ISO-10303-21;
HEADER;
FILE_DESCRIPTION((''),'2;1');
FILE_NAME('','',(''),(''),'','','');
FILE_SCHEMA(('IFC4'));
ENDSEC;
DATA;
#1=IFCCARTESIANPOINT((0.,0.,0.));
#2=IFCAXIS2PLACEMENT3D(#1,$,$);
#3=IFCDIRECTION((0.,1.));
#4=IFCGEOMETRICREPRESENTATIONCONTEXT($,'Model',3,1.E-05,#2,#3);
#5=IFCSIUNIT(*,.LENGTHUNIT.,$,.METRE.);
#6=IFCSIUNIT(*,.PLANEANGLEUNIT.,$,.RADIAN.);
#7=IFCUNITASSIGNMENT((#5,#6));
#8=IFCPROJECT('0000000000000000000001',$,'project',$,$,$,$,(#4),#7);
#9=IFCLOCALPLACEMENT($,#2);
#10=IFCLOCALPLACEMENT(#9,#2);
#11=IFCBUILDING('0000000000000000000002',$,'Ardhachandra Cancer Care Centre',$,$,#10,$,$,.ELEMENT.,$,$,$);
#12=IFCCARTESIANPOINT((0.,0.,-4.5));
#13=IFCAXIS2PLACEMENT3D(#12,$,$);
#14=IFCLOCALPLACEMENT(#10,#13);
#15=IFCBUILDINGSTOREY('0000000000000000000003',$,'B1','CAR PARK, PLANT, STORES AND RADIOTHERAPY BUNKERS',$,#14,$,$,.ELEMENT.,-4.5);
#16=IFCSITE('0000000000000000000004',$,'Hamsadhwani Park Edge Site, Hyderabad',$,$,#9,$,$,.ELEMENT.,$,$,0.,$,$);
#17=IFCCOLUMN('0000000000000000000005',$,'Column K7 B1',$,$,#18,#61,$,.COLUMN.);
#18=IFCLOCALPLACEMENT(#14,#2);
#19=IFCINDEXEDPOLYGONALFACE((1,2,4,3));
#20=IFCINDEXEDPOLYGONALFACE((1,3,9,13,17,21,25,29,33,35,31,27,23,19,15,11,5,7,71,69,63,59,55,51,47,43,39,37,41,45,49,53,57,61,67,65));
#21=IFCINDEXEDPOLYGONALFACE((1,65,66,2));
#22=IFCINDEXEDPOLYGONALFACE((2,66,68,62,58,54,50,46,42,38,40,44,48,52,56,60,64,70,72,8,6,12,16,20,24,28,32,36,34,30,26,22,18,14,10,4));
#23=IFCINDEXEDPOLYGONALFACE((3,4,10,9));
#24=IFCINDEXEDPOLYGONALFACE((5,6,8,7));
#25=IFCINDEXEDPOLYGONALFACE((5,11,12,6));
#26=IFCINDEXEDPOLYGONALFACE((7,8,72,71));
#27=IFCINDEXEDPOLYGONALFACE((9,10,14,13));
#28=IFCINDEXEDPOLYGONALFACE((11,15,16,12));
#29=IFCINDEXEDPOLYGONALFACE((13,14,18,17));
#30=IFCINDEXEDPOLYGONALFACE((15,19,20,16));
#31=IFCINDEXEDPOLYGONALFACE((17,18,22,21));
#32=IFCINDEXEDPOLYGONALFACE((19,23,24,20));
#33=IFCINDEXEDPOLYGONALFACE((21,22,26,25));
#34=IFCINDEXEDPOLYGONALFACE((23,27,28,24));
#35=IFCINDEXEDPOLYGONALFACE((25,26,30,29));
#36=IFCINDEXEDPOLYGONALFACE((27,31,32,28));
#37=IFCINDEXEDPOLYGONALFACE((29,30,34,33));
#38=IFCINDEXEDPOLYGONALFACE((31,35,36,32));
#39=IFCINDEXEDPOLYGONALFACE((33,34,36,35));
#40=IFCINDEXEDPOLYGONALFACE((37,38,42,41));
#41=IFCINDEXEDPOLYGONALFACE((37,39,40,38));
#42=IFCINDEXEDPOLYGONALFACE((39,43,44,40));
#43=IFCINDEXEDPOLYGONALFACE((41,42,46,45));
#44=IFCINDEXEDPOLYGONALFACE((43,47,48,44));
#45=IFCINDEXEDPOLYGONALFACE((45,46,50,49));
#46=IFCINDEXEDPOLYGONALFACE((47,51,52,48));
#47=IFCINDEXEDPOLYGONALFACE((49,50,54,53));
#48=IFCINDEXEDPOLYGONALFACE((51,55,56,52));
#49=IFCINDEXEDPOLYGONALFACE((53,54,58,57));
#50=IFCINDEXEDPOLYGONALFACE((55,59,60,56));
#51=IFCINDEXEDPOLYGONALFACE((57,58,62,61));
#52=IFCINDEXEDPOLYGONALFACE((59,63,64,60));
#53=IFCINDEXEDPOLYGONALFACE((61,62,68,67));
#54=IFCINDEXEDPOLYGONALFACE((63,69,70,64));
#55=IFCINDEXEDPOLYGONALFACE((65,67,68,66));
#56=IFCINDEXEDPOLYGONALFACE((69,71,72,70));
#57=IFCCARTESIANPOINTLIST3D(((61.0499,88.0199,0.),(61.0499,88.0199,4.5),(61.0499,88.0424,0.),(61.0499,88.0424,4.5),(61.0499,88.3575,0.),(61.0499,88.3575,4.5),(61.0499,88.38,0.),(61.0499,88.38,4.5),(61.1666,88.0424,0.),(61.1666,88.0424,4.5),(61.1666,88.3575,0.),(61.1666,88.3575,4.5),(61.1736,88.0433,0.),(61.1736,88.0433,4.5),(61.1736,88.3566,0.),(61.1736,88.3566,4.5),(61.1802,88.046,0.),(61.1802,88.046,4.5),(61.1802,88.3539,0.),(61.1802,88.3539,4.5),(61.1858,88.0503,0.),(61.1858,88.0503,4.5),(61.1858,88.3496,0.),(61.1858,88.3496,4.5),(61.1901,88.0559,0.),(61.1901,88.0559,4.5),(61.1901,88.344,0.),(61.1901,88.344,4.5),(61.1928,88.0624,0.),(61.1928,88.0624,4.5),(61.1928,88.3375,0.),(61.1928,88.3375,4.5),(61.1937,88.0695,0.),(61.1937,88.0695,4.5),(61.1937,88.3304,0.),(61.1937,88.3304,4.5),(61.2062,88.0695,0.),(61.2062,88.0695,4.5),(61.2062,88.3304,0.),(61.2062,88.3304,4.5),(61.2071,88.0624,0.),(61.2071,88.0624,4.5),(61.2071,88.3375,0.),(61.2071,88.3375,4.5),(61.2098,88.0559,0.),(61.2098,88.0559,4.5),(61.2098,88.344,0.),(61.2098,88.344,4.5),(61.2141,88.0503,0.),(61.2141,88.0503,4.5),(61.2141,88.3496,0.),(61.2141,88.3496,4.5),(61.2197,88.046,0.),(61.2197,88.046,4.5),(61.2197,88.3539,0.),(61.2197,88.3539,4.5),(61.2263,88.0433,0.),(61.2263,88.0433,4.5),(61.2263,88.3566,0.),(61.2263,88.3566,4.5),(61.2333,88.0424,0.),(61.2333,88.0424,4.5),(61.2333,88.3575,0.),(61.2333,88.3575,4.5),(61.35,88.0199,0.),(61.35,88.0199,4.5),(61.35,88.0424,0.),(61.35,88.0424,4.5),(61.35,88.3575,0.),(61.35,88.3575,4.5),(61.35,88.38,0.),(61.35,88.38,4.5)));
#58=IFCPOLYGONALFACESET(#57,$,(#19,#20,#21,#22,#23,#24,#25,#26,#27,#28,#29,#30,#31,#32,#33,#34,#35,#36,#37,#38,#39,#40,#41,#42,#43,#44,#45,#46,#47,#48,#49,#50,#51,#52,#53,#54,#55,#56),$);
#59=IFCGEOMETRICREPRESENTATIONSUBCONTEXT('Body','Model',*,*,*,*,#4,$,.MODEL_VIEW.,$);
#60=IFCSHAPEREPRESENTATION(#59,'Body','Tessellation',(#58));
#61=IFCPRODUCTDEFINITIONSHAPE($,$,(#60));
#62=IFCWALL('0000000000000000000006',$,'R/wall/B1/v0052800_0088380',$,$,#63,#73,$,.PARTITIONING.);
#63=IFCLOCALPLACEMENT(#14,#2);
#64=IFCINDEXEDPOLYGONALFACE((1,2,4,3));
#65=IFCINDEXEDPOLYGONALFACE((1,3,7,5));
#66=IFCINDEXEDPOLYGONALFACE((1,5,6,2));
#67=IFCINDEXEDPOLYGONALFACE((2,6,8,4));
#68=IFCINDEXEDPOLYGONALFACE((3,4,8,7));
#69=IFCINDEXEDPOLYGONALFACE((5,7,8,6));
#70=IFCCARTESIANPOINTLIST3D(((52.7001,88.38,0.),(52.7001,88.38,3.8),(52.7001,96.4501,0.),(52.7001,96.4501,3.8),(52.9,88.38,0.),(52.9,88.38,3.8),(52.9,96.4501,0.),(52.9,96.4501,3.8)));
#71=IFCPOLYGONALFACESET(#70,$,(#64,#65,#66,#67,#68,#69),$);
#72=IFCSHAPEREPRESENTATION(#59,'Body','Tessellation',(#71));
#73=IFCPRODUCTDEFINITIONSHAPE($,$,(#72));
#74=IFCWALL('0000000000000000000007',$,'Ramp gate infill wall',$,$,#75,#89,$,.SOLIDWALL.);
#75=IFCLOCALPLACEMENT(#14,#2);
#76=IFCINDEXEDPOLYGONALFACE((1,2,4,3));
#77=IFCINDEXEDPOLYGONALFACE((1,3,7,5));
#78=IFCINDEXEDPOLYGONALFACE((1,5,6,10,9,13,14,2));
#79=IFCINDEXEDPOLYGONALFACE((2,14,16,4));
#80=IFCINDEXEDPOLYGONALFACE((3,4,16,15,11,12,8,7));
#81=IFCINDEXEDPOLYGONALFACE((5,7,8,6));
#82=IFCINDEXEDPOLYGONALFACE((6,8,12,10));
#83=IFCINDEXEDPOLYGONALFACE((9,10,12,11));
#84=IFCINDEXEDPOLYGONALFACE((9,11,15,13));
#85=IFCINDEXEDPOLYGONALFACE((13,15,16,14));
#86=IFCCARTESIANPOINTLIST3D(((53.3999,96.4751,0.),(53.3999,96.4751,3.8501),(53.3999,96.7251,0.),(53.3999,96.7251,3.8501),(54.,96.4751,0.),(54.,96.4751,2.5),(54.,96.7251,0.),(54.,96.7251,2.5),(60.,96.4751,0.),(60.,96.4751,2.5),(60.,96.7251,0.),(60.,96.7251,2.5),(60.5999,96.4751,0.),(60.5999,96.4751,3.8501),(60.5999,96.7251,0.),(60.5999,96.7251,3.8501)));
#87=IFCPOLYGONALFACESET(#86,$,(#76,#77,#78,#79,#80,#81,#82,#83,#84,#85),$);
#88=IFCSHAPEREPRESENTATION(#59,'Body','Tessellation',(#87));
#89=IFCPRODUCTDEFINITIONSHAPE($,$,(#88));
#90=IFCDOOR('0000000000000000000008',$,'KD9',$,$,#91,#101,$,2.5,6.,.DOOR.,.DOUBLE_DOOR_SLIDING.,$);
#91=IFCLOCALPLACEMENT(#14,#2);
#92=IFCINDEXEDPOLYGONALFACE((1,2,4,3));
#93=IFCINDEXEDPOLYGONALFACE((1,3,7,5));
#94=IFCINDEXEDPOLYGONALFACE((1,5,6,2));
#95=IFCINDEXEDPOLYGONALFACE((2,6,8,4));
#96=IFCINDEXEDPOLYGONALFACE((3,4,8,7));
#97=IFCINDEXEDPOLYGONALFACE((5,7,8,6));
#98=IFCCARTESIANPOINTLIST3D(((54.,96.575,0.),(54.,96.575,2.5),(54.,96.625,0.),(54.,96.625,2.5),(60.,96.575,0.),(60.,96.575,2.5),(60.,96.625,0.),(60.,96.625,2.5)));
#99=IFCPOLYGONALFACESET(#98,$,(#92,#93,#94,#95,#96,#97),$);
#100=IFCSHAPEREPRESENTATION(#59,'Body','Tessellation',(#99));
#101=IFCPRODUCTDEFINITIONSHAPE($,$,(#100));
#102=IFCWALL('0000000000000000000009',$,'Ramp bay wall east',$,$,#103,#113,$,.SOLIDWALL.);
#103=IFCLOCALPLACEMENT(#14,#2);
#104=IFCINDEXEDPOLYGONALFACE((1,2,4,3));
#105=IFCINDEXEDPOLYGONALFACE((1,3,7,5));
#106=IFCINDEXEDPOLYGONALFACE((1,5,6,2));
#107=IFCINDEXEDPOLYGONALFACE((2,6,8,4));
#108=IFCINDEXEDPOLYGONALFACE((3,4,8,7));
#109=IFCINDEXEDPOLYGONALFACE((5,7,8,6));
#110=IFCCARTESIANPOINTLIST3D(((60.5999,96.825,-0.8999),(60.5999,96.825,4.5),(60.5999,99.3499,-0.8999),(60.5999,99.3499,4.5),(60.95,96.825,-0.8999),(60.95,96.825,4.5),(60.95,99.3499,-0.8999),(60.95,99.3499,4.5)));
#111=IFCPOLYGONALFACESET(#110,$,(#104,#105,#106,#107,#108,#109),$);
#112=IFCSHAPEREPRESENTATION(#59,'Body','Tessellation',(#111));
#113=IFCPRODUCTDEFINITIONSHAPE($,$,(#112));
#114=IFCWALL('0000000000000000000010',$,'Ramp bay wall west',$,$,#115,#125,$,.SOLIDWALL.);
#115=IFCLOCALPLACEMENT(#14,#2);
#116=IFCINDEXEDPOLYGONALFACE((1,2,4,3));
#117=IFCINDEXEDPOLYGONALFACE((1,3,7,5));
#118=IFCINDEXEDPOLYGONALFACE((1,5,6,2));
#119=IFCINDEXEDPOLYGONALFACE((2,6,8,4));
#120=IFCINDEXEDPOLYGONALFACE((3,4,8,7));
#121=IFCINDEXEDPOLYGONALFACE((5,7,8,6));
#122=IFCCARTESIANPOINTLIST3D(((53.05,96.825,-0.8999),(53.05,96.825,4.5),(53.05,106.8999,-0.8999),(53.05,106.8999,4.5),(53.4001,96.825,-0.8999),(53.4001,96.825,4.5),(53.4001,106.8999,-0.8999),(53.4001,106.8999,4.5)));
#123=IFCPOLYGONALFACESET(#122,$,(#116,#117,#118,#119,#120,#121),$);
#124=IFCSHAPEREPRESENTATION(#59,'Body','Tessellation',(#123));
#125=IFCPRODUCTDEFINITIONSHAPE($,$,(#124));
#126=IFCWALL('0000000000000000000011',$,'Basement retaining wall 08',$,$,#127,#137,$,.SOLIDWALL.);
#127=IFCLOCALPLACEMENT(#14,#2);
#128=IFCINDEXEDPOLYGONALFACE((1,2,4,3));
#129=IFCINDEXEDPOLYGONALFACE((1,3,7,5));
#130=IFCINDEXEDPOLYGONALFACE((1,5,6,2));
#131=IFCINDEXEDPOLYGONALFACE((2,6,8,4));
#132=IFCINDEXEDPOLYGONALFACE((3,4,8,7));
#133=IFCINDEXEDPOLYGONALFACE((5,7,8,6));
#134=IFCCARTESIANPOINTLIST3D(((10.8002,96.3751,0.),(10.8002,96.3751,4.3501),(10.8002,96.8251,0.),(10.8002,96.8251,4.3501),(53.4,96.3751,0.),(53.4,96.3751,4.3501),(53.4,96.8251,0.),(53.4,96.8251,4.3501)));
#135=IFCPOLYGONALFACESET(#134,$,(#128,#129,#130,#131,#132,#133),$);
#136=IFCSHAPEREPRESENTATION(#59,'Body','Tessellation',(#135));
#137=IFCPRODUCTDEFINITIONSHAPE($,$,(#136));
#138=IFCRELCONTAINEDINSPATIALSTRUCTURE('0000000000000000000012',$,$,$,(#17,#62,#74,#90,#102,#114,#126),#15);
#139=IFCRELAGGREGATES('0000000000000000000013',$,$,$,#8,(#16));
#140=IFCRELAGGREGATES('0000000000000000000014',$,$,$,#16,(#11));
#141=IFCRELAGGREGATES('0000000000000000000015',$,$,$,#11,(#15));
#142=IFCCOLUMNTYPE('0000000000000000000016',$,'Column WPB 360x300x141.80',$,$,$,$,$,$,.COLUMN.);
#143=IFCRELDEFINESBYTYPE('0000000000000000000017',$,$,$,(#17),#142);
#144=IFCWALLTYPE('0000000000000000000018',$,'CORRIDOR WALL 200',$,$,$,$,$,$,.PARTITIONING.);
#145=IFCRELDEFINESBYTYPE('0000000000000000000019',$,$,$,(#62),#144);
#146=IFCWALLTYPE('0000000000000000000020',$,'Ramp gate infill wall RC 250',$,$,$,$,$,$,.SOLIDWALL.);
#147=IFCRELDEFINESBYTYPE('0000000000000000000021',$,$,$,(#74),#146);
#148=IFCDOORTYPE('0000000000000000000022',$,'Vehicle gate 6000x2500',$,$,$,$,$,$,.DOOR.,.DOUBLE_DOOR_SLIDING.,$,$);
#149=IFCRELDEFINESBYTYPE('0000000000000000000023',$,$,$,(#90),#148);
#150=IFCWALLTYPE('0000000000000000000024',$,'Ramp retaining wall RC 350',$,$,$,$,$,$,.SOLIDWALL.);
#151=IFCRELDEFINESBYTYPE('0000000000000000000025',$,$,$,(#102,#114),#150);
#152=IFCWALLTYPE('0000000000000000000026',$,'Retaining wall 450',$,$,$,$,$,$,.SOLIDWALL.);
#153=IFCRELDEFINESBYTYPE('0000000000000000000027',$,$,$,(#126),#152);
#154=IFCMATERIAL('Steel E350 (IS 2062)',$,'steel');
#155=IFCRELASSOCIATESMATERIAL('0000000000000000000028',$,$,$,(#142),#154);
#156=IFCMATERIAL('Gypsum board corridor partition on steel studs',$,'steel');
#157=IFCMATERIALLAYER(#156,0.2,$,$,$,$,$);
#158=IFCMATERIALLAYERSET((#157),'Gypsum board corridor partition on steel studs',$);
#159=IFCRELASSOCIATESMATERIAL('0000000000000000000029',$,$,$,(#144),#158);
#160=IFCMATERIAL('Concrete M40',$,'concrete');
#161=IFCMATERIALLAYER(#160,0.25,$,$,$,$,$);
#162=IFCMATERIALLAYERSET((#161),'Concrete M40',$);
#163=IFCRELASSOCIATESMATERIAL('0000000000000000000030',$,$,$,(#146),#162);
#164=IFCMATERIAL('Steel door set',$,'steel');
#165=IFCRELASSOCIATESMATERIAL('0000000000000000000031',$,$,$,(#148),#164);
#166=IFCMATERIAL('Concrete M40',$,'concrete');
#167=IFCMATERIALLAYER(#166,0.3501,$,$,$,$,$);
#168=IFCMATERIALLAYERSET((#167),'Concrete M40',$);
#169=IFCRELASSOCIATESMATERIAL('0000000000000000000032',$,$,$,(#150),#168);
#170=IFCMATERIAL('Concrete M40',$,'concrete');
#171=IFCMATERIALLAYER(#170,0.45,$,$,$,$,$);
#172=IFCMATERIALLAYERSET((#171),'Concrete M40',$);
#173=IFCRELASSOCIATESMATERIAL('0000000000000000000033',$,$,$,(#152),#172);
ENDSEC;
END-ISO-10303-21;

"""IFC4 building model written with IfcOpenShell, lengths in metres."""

from ifc_helpers import new_model, si_unit, direction, frame, frame_2d, origin, origin_2d, place, context, subcontext, project, spatial, polyline, rectangle, i_section, outline, extrude, material, layer, layer_set, material_profile, profile_set, type_object, element, fill, save


model = new_model("IFC4")

# Units and contexts
model_context = context("Model", 3, precision=1e-05, world=origin(), true_north=direction((0.0, 1.0)))
body_context = subcontext(model_context, "Body", "Model", "MODEL_VIEW")
ifc_project = project(units=[si_unit("LENGTHUNIT", "METRE"), si_unit("PLANEANGLEUNIT", "RADIAN")], contexts=[model_context])

# Site, building, storey
site_placement = place(None, origin())
site = spatial("IfcSite", under=ifc_project, at=site_placement, Name="Hamsadhwani Park Edge Site, Hyderabad", CompositionType="ELEMENT", RefElevation=0.0)
building_placement = place(site_placement, origin())
building = spatial("IfcBuilding", under=site, at=building_placement, Name="Ardhachandra Cancer Care Centre", CompositionType="ELEMENT")
storey_placement = place(building_placement, frame((0.0, 0.0, -4.5)))
storey = spatial("IfcBuildingStorey", under=building, at=storey_placement, Name="B1", Description="CAR PARK, PLANT, STORES AND RADIOTHERAPY BUNKERS", CompositionType="ELEMENT", Elevation=-4.5)

# Column
ifc_material_1 = material(Name="Steel E350 (IS 2062)", Category="steel")
ifc_material_profile_1 = material_profile(ifc_material_1, i_section(OverallWidth=0.3, OverallDepth=0.3601, WebThickness=0.0125, FlangeThickness=0.0225, FilletRadius=0.0271, at=origin_2d()), Name="WPB 360x300x141.80")
ifc_profile_set_1 = profile_set([ifc_material_profile_1], Name="Steel E350 (IS 2062)")
column_type_1 = type_object("IfcColumnType", Name="Column WPB 360x300x141.80", PredefinedType="COLUMN", material=ifc_profile_set_1)
column_1_placement = place(storey_placement, frame((61.2, 88.2, 0.0), z_axis=(0.0, 0.0, 1.0), x_axis=(1.0, 0.0, 0.0)))
element("IfcColumn", 1, at=column_1_placement, inside=storey, type_object=column_type_1, Name="Column K7 B1", PredefinedType="COLUMN", context=body_context, shape_type="SweptSolid", body=[
    extrude(i_section(OverallWidth=0.3, OverallDepth=0.3601, WebThickness=0.0125, FlangeThickness=0.0225, FilletRadius=0.0271, at=origin_2d()), origin(), (0.0, 0.0, 1.0), 4.5),
])

# Wall
ifc_material_2 = material(Name="Gypsum board corridor partition on steel studs", Category="steel")
ifc_layer_1 = layer(ifc_material_2, 0.2)
ifc_layer_set_1 = layer_set([ifc_layer_1], Name="Gypsum board corridor partition on steel studs")
wall_type_1 = type_object("IfcWallType", Name="CORRIDOR WALL 200", PredefinedType="PARTITIONING", material=ifc_layer_set_1)
wall_1_placement = place(storey_placement, frame((52.8, 88.3799, 0.0), z_axis=(0.0, 0.0, 1.0), x_axis=(0.0, 1.0, 0.0)))
element("IfcWall", 2, at=wall_1_placement, inside=storey, type_object=wall_type_1, Name="R/wall/B1/v0052800_0088380", PredefinedType="PARTITIONING", context=body_context, shape_type="SweptSolid", body=[
    extrude(rectangle(XDim=8.0701, YDim=0.2, at=frame_2d((4.0352, 0.0))), origin(), (0.0, 0.0, 1.0), 3.8),
])

# Wall, opening, door
ifc_material_3 = material(Name="Concrete M40", Category="concrete")
ifc_layer_2 = layer(ifc_material_3, 0.25)
ifc_layer_set_2 = layer_set([ifc_layer_2], Name="Concrete M40")
wall_type_2 = type_object("IfcWallType", Name="Ramp gate infill wall RC 250", PredefinedType="SOLIDWALL", material=ifc_layer_set_2)
wall_2_placement = place(storey_placement, frame((53.3999, 96.6001, 0.0), z_axis=(0.0, 0.0, 1.0), x_axis=(1.0, 0.0, 0.0)))
wall_2 = element("IfcWall", 3, at=wall_2_placement, inside=storey, type_object=wall_type_2, Name="Ramp gate infill wall", PredefinedType="SOLIDWALL", context=body_context, shape_type="SweptSolid", body=[
    extrude(outline(polyline([(0.0, 0.0), (7.2, 0.0), (7.2, 3.8501), (0.0, 3.8501), (0.0, 0.0)])), frame((0.0, 0.125, 0.0), z_axis=(0.0, -1.0, 0.0), x_axis=(1.0, 0.0, 0.0)), (0.0, 0.0, 1.0), 0.25),
])
opening_placement = place(wall_2_placement, frame((0.6001, 0.0, 0.0)))
opening = element("IfcOpeningElement", 4, at=opening_placement, cuts=wall_2, PredefinedType="OPENING", context=body_context, shape_type="SweptSolid", body=[
    extrude(rectangle(XDim=6.0, YDim=2.5, at=frame_2d((3.0, 1.25))), frame((0.0, 0.135, 0.0), z_axis=(0.0, -1.0, 0.0), x_axis=(1.0, 0.0, 0.0)), (0.0, 0.0, 1.0), 0.27),
])
ifc_material_4 = material(Name="Steel door set", Category="steel")
door_type = type_object("IfcDoorType", Name="Vehicle gate 6000x2500", OperationType="DOUBLE_DOOR_SLIDING", PredefinedType="DOOR", material=ifc_material_4)
door_placement = place(opening_placement, origin())
door = element("IfcDoor", 5, at=door_placement, inside=storey, type_object=door_type, Name="KD9", OperationType="DOUBLE_DOOR_SLIDING", OverallHeight=2.5, OverallWidth=6.0, PredefinedType="DOOR", context=body_context, shape_type="SweptSolid", body=[
    extrude(rectangle(XDim=6.0, YDim=2.5, at=frame_2d((3.0, 1.25))), frame((0.0, 0.0249, 0.0), z_axis=(0.0, -1.0, 0.0), x_axis=(1.0, 0.0, 0.0)), (0.0, 0.0, 1.0), 0.05),
])
fill(opening, door)

# Walls
ifc_material_5 = material(Name="Concrete M40", Category="concrete")
ifc_layer_3 = layer(ifc_material_5, 0.3501)
ifc_layer_set_3 = layer_set([ifc_layer_3], Name="Concrete M40")
wall_type_3 = type_object("IfcWallType", Name="Ramp retaining wall RC 350", PredefinedType="SOLIDWALL", material=ifc_layer_set_3)
wall_3_placement = place(storey_placement, frame((60.7749, 96.825, -0.8999), z_axis=(0.0, 0.0, 1.0), x_axis=(0.0, 1.0, 0.0)))
element("IfcWall", 6, at=wall_3_placement, inside=storey, type_object=wall_type_3, Name="Ramp bay wall east", PredefinedType="SOLIDWALL", context=body_context, shape_type="SweptSolid", body=[
    extrude(outline(polyline([(0.0, 0.0), (2.5249, 0.0), (2.5249, 5.3999), (0.0, 5.3999), (0.0, 0.0)])), frame((0.0, 0.175, 0.0), z_axis=(0.0, -1.0, 0.0), x_axis=(1.0, 0.0, 0.0)), (0.0, 0.0, 1.0), 0.3501),
])
wall_4_placement = place(storey_placement, frame((53.2251, 96.825, -0.8999), z_axis=(0.0, 0.0, 1.0), x_axis=(0.0, 1.0, 0.0)))
element("IfcWall", 7, at=wall_4_placement, inside=storey, type_object=wall_type_3, Name="Ramp bay wall west", PredefinedType="SOLIDWALL", context=body_context, shape_type="SweptSolid", body=[
    extrude(outline(polyline([(0.0, 0.0), (10.075, 0.0), (10.075, 5.3999), (0.0, 5.3999), (0.0, 0.0)])), frame((0.0, 0.175, 0.0), z_axis=(0.0, -1.0, 0.0), x_axis=(1.0, 0.0, 0.0)), (0.0, 0.0, 1.0), 0.3501),
])
ifc_material_6 = material(Name="Concrete M40", Category="concrete")
ifc_layer_4 = layer(ifc_material_6, 0.45)
ifc_layer_set_4 = layer_set([ifc_layer_4], Name="Concrete M40")
wall_type_4 = type_object("IfcWallType", Name="Retaining wall 450", PredefinedType="SOLIDWALL", material=ifc_layer_set_4)
wall_5_placement = place(storey_placement, frame((53.3999, 96.6001, 0.0), z_axis=(0.0, 0.0, 1.0), x_axis=(-1.0, 0.0, 0.0)))
element("IfcWall", 8, at=wall_5_placement, inside=storey, type_object=wall_type_4, Name="Basement retaining wall 08", PredefinedType="SOLIDWALL", context=body_context, shape_type="SweptSolid", body=[
    extrude(rectangle(XDim=42.5999, YDim=0.45, at=frame_2d((21.2998, 0.0))), origin(), (0.0, 0.0, 1.0), 4.3501),
])

save(model, "model.ifc")
